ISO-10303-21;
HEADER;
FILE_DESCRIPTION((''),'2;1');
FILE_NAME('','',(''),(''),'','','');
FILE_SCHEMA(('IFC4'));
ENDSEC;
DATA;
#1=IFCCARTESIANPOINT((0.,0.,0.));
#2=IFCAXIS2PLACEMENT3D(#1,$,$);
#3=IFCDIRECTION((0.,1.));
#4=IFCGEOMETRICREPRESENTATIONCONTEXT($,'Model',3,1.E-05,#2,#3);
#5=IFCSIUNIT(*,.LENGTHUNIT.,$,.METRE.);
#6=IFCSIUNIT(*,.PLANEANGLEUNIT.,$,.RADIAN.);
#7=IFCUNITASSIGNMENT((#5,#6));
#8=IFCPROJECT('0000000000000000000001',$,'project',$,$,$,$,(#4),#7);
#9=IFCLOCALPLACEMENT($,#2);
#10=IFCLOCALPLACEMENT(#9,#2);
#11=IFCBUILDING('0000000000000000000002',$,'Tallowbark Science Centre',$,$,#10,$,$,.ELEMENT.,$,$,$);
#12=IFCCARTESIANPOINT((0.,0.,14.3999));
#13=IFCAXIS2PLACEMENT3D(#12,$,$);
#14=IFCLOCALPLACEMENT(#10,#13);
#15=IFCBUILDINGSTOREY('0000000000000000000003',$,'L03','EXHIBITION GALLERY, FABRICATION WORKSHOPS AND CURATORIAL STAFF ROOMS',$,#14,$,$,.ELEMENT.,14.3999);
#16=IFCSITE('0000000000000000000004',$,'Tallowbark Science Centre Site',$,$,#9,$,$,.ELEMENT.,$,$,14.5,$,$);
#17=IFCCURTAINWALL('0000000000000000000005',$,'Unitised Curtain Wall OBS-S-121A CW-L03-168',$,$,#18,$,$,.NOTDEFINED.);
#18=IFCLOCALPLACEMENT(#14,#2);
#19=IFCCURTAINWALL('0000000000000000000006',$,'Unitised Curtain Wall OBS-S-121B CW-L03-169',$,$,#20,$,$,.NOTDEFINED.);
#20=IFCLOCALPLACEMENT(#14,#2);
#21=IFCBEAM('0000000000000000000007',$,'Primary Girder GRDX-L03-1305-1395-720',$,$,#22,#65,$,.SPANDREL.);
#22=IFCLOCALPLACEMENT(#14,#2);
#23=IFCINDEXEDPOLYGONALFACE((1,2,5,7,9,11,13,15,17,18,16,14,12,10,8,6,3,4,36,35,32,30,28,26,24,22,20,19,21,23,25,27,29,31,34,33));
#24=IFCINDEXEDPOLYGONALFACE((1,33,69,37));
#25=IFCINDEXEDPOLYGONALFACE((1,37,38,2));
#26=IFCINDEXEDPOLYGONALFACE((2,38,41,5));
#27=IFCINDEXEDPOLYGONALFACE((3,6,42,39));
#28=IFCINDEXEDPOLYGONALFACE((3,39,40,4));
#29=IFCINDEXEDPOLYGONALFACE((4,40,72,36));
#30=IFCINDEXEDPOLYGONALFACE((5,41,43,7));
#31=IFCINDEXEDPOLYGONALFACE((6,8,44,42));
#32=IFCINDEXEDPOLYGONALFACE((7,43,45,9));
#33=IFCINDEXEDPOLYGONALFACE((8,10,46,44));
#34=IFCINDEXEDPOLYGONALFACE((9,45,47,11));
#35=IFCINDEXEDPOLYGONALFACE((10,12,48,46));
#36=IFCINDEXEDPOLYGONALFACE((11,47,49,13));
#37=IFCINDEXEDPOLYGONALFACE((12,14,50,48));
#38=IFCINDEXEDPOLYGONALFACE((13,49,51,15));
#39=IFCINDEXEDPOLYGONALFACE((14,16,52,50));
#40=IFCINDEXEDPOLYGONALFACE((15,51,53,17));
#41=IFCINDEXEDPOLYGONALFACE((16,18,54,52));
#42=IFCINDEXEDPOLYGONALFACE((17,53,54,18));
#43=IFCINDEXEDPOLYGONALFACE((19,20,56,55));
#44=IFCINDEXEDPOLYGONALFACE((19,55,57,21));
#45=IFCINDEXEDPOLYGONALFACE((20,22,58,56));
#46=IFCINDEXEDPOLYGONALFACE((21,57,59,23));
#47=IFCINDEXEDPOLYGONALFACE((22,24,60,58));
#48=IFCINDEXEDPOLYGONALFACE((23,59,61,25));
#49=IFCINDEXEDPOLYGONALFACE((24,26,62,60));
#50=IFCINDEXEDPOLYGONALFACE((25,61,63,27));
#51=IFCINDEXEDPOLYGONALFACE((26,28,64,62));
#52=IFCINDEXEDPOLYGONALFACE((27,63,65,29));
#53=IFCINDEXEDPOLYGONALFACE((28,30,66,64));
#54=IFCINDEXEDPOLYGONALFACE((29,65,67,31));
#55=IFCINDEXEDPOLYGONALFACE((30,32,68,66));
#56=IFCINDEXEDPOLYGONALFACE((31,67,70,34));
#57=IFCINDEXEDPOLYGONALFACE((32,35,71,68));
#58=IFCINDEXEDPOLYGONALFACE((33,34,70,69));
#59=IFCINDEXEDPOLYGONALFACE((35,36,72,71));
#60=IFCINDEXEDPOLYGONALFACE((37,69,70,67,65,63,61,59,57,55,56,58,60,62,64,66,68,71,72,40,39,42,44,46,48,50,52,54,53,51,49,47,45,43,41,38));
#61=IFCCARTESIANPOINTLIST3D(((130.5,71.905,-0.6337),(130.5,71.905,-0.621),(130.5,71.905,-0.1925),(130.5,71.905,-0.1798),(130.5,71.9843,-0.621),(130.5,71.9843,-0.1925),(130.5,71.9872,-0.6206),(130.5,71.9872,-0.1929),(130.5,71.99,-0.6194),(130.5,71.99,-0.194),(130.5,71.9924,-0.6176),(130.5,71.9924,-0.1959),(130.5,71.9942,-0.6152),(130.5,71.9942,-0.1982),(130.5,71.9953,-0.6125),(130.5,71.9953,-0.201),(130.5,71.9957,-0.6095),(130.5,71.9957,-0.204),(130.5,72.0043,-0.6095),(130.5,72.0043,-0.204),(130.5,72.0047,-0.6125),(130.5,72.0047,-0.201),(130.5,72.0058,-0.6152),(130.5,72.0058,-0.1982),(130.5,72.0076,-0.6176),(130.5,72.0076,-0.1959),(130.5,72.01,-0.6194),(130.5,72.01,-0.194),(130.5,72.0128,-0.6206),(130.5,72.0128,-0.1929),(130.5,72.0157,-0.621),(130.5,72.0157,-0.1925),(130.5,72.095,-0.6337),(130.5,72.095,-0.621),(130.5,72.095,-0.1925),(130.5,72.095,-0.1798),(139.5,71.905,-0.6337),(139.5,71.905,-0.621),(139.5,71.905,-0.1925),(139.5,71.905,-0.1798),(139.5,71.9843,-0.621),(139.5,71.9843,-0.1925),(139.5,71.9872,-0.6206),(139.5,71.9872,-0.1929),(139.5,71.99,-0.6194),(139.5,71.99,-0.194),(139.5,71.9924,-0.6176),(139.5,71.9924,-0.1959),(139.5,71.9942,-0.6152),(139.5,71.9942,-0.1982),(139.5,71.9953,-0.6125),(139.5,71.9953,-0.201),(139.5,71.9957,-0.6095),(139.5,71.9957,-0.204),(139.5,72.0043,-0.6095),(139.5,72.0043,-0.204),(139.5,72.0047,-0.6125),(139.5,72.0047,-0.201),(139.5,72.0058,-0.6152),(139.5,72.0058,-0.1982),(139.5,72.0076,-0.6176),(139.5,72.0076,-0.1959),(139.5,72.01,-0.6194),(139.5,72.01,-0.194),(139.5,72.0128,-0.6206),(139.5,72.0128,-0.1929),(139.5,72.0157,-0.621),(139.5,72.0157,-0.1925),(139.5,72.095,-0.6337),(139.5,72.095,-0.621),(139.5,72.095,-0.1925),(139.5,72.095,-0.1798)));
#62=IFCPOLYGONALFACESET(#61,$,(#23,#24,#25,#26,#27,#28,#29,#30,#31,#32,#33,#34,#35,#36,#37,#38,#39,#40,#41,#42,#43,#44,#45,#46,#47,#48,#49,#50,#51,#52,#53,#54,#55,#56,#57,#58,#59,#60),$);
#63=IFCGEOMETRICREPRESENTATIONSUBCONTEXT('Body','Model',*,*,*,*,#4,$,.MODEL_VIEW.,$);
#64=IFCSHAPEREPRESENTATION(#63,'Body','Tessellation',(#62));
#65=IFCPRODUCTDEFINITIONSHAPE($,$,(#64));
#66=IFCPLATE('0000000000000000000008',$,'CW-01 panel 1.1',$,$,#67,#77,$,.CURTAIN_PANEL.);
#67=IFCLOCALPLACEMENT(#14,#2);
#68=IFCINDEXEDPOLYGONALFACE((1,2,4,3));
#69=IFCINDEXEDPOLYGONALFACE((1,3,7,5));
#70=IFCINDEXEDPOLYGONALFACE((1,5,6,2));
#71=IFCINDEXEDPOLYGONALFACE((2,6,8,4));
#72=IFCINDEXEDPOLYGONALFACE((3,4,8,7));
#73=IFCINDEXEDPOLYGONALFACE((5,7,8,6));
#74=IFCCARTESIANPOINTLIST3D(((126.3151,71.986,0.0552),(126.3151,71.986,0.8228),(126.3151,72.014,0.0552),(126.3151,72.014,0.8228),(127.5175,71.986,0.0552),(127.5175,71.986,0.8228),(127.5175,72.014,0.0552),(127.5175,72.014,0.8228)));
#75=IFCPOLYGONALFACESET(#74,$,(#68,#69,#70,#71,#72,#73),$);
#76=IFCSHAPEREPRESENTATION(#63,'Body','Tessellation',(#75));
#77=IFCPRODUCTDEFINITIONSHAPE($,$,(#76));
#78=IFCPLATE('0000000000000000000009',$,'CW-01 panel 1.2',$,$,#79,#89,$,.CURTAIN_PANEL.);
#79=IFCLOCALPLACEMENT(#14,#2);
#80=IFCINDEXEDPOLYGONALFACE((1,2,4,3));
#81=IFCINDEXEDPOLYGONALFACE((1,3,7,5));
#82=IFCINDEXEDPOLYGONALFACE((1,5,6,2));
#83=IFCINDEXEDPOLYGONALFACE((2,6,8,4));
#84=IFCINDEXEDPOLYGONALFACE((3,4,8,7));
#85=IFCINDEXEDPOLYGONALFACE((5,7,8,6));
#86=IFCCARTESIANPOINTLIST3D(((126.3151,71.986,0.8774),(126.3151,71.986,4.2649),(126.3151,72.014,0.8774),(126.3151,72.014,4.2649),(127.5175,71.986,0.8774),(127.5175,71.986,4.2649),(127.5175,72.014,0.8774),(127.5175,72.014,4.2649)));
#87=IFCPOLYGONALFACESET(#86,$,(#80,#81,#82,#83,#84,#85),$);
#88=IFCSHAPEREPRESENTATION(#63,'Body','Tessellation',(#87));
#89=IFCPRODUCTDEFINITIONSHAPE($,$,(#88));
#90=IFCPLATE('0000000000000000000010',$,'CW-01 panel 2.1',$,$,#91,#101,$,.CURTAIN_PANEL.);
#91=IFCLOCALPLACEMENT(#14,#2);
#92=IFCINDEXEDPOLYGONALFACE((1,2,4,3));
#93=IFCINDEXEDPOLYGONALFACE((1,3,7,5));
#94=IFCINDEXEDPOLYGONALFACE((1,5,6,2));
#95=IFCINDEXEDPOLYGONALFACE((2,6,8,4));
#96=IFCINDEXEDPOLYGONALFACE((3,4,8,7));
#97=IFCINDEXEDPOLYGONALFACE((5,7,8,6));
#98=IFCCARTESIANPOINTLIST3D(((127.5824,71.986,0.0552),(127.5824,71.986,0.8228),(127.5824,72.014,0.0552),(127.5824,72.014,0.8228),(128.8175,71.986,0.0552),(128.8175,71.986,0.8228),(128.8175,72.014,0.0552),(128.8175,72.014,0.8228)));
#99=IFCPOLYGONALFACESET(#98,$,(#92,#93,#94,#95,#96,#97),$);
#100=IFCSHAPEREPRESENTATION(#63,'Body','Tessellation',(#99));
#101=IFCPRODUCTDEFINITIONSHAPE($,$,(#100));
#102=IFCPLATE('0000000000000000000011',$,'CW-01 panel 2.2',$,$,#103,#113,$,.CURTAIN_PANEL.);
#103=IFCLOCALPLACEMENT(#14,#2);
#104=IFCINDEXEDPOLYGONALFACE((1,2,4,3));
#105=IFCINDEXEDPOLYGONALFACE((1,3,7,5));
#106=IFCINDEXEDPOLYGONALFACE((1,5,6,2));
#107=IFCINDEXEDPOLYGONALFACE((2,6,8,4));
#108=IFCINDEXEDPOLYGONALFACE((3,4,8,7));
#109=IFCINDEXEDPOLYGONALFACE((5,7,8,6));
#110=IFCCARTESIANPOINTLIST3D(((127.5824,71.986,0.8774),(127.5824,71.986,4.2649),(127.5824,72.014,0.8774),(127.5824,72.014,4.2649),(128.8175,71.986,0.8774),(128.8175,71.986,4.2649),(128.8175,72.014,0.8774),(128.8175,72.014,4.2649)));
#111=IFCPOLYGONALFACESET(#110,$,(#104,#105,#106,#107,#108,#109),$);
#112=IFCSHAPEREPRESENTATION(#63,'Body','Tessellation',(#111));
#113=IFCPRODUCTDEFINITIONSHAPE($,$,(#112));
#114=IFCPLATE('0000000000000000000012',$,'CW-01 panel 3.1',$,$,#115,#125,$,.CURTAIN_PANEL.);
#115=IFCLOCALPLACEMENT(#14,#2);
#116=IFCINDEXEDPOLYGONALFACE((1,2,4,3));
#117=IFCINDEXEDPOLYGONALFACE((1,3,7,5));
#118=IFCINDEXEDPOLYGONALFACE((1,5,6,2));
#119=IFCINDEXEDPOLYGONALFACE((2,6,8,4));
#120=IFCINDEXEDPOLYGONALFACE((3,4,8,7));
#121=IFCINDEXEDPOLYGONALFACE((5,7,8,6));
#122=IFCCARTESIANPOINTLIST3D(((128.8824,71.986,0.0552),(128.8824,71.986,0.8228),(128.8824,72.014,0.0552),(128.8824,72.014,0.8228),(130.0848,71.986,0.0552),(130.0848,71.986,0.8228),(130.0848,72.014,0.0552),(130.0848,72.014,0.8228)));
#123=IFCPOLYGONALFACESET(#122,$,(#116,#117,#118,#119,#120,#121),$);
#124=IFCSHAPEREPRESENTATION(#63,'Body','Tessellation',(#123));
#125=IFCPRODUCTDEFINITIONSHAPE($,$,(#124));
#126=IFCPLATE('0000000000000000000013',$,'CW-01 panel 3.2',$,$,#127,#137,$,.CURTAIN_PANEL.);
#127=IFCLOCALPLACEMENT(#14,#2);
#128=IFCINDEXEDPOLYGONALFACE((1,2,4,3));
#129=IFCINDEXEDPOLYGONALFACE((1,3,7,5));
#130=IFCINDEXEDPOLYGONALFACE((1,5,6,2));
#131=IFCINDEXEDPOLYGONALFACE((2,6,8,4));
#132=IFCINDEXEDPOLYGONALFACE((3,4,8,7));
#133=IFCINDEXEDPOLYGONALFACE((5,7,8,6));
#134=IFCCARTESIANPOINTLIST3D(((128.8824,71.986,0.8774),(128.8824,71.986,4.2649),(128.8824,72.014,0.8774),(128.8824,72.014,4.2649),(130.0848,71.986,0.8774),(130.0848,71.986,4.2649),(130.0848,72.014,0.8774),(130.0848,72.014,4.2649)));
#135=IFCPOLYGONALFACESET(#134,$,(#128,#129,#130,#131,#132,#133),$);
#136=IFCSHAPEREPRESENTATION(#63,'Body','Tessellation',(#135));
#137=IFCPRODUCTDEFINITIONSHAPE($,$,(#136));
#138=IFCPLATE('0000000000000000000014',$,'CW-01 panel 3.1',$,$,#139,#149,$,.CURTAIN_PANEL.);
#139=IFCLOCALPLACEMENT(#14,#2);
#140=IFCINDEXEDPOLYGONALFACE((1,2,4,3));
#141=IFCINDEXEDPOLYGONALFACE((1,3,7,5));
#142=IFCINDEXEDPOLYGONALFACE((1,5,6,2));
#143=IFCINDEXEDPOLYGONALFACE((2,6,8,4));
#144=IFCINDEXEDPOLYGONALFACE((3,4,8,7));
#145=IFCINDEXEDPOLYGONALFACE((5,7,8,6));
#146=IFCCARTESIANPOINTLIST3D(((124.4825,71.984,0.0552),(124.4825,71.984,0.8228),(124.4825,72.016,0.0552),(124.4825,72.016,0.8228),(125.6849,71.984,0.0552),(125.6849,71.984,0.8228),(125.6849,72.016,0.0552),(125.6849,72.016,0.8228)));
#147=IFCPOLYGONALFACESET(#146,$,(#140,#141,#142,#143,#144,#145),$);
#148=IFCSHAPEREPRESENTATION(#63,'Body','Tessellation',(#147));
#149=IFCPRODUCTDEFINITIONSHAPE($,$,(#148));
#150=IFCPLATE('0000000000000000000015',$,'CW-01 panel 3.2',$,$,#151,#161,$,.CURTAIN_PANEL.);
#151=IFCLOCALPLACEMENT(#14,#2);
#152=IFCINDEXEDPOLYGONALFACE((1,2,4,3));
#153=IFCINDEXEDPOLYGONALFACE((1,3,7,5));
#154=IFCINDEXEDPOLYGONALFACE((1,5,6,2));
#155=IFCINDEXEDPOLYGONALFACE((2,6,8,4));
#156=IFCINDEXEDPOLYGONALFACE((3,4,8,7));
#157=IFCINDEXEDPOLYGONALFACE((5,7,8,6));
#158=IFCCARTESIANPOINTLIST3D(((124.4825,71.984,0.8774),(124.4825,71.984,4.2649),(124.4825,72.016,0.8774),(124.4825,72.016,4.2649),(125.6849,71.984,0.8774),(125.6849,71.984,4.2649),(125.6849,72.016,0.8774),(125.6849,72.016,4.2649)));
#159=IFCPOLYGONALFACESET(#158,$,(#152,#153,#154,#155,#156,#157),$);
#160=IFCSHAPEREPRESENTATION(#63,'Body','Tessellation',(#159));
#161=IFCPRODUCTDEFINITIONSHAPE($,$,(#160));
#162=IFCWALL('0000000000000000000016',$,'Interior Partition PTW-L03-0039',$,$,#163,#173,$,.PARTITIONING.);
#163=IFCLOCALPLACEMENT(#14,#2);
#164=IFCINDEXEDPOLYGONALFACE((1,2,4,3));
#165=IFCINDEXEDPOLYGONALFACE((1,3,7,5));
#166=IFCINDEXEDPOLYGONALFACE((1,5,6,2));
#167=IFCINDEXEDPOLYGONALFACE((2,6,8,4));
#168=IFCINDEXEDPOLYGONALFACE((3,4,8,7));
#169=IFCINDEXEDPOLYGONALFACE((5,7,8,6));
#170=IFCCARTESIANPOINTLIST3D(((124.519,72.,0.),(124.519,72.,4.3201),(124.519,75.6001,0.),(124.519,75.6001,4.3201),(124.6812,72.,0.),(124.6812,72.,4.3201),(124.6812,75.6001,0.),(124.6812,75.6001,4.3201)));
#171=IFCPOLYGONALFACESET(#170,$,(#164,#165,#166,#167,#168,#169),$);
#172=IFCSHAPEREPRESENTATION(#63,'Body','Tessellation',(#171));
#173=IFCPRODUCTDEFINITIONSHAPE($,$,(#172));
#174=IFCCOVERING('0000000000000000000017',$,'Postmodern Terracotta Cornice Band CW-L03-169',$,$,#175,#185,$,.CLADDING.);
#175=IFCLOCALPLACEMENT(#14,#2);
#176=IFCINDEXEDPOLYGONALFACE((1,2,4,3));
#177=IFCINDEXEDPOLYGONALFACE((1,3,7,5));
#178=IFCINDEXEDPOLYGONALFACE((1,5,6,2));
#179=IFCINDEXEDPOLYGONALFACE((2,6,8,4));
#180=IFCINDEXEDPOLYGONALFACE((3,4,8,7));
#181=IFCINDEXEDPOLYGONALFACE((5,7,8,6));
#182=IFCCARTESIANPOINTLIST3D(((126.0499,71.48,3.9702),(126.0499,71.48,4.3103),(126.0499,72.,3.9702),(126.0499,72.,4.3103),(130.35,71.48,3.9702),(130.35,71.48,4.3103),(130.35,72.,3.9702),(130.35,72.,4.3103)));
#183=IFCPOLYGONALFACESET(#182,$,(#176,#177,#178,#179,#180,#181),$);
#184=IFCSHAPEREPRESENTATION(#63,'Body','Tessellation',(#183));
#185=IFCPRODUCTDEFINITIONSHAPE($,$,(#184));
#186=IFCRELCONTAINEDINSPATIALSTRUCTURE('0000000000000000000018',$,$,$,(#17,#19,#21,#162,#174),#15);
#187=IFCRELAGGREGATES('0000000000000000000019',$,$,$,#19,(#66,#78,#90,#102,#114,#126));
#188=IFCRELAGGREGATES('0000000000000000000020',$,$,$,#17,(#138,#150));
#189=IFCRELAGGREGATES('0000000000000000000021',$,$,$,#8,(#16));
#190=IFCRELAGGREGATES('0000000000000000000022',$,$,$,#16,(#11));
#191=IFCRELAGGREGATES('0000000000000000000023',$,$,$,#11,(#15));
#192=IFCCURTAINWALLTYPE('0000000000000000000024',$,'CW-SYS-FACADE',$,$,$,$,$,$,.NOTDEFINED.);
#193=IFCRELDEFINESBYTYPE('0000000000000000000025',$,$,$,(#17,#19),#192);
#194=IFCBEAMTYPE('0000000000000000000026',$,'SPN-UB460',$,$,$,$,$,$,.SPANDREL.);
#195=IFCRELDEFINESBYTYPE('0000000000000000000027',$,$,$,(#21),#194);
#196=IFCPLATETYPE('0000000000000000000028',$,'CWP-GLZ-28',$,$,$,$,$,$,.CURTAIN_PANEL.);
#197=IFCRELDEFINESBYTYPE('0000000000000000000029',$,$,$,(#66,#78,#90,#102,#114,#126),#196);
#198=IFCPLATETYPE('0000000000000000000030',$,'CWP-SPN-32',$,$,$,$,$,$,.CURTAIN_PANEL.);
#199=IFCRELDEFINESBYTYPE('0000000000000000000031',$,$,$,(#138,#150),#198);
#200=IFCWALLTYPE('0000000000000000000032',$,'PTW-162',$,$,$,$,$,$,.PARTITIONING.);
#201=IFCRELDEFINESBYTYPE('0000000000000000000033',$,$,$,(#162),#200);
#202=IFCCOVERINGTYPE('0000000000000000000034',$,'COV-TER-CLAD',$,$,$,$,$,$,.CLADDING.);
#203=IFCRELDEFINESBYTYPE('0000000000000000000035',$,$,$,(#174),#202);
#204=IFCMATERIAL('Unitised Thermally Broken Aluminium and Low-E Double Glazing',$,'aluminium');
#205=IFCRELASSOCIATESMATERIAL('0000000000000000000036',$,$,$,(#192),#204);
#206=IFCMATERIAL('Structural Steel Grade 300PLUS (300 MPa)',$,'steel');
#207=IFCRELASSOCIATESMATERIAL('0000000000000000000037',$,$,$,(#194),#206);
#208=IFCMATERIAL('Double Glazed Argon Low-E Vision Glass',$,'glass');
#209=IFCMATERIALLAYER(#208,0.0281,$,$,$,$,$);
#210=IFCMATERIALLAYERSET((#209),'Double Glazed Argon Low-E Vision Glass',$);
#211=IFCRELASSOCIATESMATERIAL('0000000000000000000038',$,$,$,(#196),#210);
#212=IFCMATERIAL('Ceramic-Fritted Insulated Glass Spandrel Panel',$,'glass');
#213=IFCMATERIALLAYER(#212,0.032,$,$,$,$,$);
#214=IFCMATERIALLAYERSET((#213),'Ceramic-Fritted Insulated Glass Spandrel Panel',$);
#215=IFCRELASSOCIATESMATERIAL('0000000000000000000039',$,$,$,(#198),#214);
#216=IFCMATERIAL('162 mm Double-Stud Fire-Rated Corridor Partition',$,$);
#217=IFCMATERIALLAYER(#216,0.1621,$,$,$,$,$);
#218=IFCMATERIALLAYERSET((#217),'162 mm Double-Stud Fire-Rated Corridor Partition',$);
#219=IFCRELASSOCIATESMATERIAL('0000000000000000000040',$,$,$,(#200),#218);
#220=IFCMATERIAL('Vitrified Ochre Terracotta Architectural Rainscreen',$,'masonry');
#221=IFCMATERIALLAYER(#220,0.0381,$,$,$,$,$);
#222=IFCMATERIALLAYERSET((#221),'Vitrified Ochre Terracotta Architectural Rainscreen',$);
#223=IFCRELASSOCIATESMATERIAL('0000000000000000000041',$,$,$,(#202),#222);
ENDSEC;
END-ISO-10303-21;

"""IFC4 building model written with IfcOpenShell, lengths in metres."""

from ifc_helpers import new_model, si_unit, direction, frame, frame_2d, origin, origin_2d, place, context, subcontext, project, spatial, rectangle, i_section, extrude, material, layer, layer_set, material_profile, profile_set, type_object, element, aggregate, save


model = new_model("IFC4")

# Units and contexts
model_context = context("Model", 3, precision=1e-05, world=origin(), true_north=direction((0.0, 1.0)))
body_context = subcontext(model_context, "Body", "Model", "MODEL_VIEW")
ifc_project = project(units=[si_unit("LENGTHUNIT", "METRE"), si_unit("PLANEANGLEUNIT", "RADIAN")], contexts=[model_context])

# Site, building, storey
site_placement = place(None, origin())
site = spatial("IfcSite", under=ifc_project, at=site_placement, Name="Tallowbark Science Centre Site", CompositionType="ELEMENT", RefElevation=14.5)
building_placement = place(site_placement, origin())
building = spatial("IfcBuilding", under=site, at=building_placement, Name="Tallowbark Science Centre", CompositionType="ELEMENT")
storey_placement = place(building_placement, frame((0.0, 0.0, 14.3999)))
storey = spatial("IfcBuildingStorey", under=building, at=storey_placement, Name="L03", Description="EXHIBITION GALLERY, FABRICATION WORKSHOPS AND CURATORIAL STAFF ROOMS", CompositionType="ELEMENT", Elevation=14.3999)

# Shared definitions
ifc_material_1 = material(Name="Structural Steel Grade 300PLUS (300 MPa)", Category="steel")

# Curtain wall
ifc_material_2 = material(Name="Unitised Thermally Broken Aluminium and Low-E Double Glazing", Category="aluminium")
curtain_wall_type = type_object("IfcCurtainWallType", Name="CW-SYS-FACADE", PredefinedType="NOTDEFINED", material=ifc_material_2)
curtain_wall_1_placement = place(storey_placement, origin())
curtain_wall_1 = element("IfcCurtainWall", 1, at=curtain_wall_1_placement, inside=storey, type_object=curtain_wall_type, Name="Unitised Curtain Wall OBS-S-121A CW-L03-168", PredefinedType="NOTDEFINED")

# Curtain wall
curtain_wall_2_placement = place(storey_placement, origin())
curtain_wall_2 = element("IfcCurtainWall", 2, at=curtain_wall_2_placement, inside=storey, type_object=curtain_wall_type, Name="Unitised Curtain Wall OBS-S-121B CW-L03-169", PredefinedType="NOTDEFINED")

# Beam
ifc_material_profile_1 = material_profile(ifc_material_1, i_section(OverallWidth=0.1899, OverallDepth=0.4539, WebThickness=0.0085, FlangeThickness=0.0127, FilletRadius=0.0115, at=origin_2d()), Name="460UB67.1")
ifc_profile_set_1 = profile_set([ifc_material_profile_1], Name="Structural Steel Grade 300PLUS (300 MPa)")
beam_type_1 = type_object("IfcBeamType", Name="SPN-UB460", PredefinedType="SPANDREL", material=ifc_profile_set_1)
beam_1_placement = place(storey_placement, frame((130.5, 72.0, -0.4067), z_axis=(1.0, 0.0, 0.0), x_axis=(0.0, 1.0, 0.0)))
element("IfcBeam", 3, at=beam_1_placement, inside=storey, type_object=beam_type_1, Name="Primary Girder GRDX-L03-1305-1395-720", PredefinedType="SPANDREL", context=body_context, shape_type="SweptSolid", body=[
    extrude(i_section(OverallWidth=0.1899, OverallDepth=0.4539, WebThickness=0.0085, FlangeThickness=0.0127, FilletRadius=0.0115, at=origin_2d()), origin(), (0.0, 0.0, 1.0), 9.0),
])

# Plates
ifc_material_3 = material(Name="Double Glazed Argon Low-E Vision Glass", Category="glass")
ifc_layer_1 = layer(ifc_material_3, 0.0281)
ifc_layer_set_1 = layer_set([ifc_layer_1], Name="Double Glazed Argon Low-E Vision Glass")
plate_type_1 = type_object("IfcPlateType", Name="CWP-GLZ-28", PredefinedType="CURTAIN_PANEL", material=ifc_layer_set_1)
plate_1_placement = place(storey_placement, frame((126.9163, 72.0, 0.0552), z_axis=(0.0, 0.0, 1.0), x_axis=(1.0, 0.0, 0.0)))
plate_1 = element("IfcPlate", 4, at=plate_1_placement, type_object=plate_type_1, Name="CW-01 panel 1.1", PredefinedType="CURTAIN_PANEL", context=body_context, shape_type="SweptSolid", body=[
    extrude(rectangle(XDim=1.2024, YDim=0.0281, at=origin_2d()), origin(), (0.0, 0.0, 1.0), 0.7676),
])
plate_2_placement = place(storey_placement, frame((126.9163, 72.0, 0.8774), z_axis=(0.0, 0.0, 1.0), x_axis=(1.0, 0.0, 0.0)))
plate_2 = element("IfcPlate", 5, at=plate_2_placement, type_object=plate_type_1, Name="CW-01 panel 1.2", PredefinedType="CURTAIN_PANEL", context=body_context, shape_type="SweptSolid", body=[
    extrude(rectangle(XDim=1.2024, YDim=0.0281, at=origin_2d()), origin(), (0.0, 0.0, 1.0), 3.3875),
])
plate_3_placement = place(storey_placement, frame((128.2, 72.0, 0.0552), z_axis=(0.0, 0.0, 1.0), x_axis=(1.0, 0.0, 0.0)))
plate_3 = element("IfcPlate", 6, at=plate_3_placement, type_object=plate_type_1, Name="CW-01 panel 2.1", PredefinedType="CURTAIN_PANEL", context=body_context, shape_type="SweptSolid", body=[
    extrude(rectangle(XDim=1.2351, YDim=0.0281, at=origin_2d()), origin(), (0.0, 0.0, 1.0), 0.7676),
])
plate_4_placement = place(storey_placement, frame((128.2, 72.0, 0.8774), z_axis=(0.0, 0.0, 1.0), x_axis=(1.0, 0.0, 0.0)))
plate_4 = element("IfcPlate", 7, at=plate_4_placement, type_object=plate_type_1, Name="CW-01 panel 2.2", PredefinedType="CURTAIN_PANEL", context=body_context, shape_type="SweptSolid", body=[
    extrude(rectangle(XDim=1.2351, YDim=0.0281, at=origin_2d()), origin(), (0.0, 0.0, 1.0), 3.3875),
])
plate_5_placement = place(storey_placement, frame((129.4836, 72.0, 0.0552), z_axis=(0.0, 0.0, 1.0), x_axis=(1.0, 0.0, 0.0)))
plate_5 = element("IfcPlate", 8, at=plate_5_placement, type_object=plate_type_1, Name="CW-01 panel 3.1", PredefinedType="CURTAIN_PANEL", context=body_context, shape_type="SweptSolid", body=[
    extrude(rectangle(XDim=1.2024, YDim=0.0281, at=origin_2d()), origin(), (0.0, 0.0, 1.0), 0.7676),
])
plate_6_placement = place(storey_placement, frame((129.4836, 72.0, 0.8774), z_axis=(0.0, 0.0, 1.0), x_axis=(1.0, 0.0, 0.0)))
plate_6 = element("IfcPlate", 9, at=plate_6_placement, type_object=plate_type_1, Name="CW-01 panel 3.2", PredefinedType="CURTAIN_PANEL", context=body_context, shape_type="SweptSolid", body=[
    extrude(rectangle(XDim=1.2024, YDim=0.0281, at=origin_2d()), origin(), (0.0, 0.0, 1.0), 3.3875),
])
aggregate(curtain_wall_2, [plate_1, plate_2, plate_3, plate_4, plate_5, plate_6])
ifc_material_4 = material(Name="Ceramic-Fritted Insulated Glass Spandrel Panel", Category="glass")
ifc_layer_2 = layer(ifc_material_4, 0.032)
ifc_layer_set_2 = layer_set([ifc_layer_2], Name="Ceramic-Fritted Insulated Glass Spandrel Panel")
plate_type_2 = type_object("IfcPlateType", Name="CWP-SPN-32", PredefinedType="CURTAIN_PANEL", material=ifc_layer_set_2)
plate_7_placement = place(storey_placement, frame((125.0837, 72.0, 0.0552), z_axis=(0.0, 0.0, 1.0), x_axis=(1.0, 0.0, 0.0)))
plate_7 = element("IfcPlate", 10, at=plate_7_placement, type_object=plate_type_2, Name="CW-01 panel 3.1", PredefinedType="CURTAIN_PANEL", context=body_context, shape_type="SweptSolid", body=[
    extrude(rectangle(XDim=1.2024, YDim=0.032, at=origin_2d()), origin(), (0.0, 0.0, 1.0), 0.7676),
])
plate_8_placement = place(storey_placement, frame((125.0837, 72.0, 0.8774), z_axis=(0.0, 0.0, 1.0), x_axis=(1.0, 0.0, 0.0)))
plate_8 = element("IfcPlate", 11, at=plate_8_placement, type_object=plate_type_2, Name="CW-01 panel 3.2", PredefinedType="CURTAIN_PANEL", context=body_context, shape_type="SweptSolid", body=[
    extrude(rectangle(XDim=1.2024, YDim=0.032, at=origin_2d()), origin(), (0.0, 0.0, 1.0), 3.3875),
])
aggregate(curtain_wall_1, [plate_7, plate_8])

# Wall
ifc_material_5 = material(Name="162 mm Double-Stud Fire-Rated Corridor Partition")
ifc_layer_3 = layer(ifc_material_5, 0.1621)
ifc_layer_set_3 = layer_set([ifc_layer_3], Name="162 mm Double-Stud Fire-Rated Corridor Partition")
wall_type = type_object("IfcWallType", Name="PTW-162", PredefinedType="PARTITIONING", material=ifc_layer_set_3)
wall_placement = place(storey_placement, frame((124.6001, 72.0, 0.0), z_axis=(0.0, 0.0, 1.0), x_axis=(0.0, 1.0, 0.0)))
element("IfcWall", 12, at=wall_placement, inside=storey, type_object=wall_type, Name="Interior Partition PTW-L03-0039", PredefinedType="PARTITIONING", context=body_context, shape_type="SweptSolid", body=[
    extrude(rectangle(XDim=3.6001, YDim=0.1621, at=frame_2d((1.8, 0.0))), origin(), (0.0, 0.0, 1.0), 4.3201),
])

# Covering
ifc_material_6 = material(Name="Vitrified Ochre Terracotta Architectural Rainscreen", Category="masonry")
ifc_layer_4 = layer(ifc_material_6, 0.0381)
ifc_layer_set_4 = layer_set([ifc_layer_4], Name="Vitrified Ochre Terracotta Architectural Rainscreen")
covering_type = type_object("IfcCoveringType", Name="COV-TER-CLAD", PredefinedType="CLADDING", material=ifc_layer_set_4)
covering_placement = place(storey_placement, frame((128.2, 71.74, 3.9702), z_axis=(0.0, 0.0, 1.0), x_axis=(1.0, 0.0, 0.0)))
element("IfcCovering", 13, at=covering_placement, inside=storey, type_object=covering_type, Name="Postmodern Terracotta Cornice Band CW-L03-169", PredefinedType="CLADDING", context=body_context, shape_type="SweptSolid", body=[
    extrude(rectangle(XDim=4.3, YDim=0.52, at=origin_2d()), origin(), (0.0, 0.0, 1.0), 0.3401),
])

save(model, "model.ifc")
